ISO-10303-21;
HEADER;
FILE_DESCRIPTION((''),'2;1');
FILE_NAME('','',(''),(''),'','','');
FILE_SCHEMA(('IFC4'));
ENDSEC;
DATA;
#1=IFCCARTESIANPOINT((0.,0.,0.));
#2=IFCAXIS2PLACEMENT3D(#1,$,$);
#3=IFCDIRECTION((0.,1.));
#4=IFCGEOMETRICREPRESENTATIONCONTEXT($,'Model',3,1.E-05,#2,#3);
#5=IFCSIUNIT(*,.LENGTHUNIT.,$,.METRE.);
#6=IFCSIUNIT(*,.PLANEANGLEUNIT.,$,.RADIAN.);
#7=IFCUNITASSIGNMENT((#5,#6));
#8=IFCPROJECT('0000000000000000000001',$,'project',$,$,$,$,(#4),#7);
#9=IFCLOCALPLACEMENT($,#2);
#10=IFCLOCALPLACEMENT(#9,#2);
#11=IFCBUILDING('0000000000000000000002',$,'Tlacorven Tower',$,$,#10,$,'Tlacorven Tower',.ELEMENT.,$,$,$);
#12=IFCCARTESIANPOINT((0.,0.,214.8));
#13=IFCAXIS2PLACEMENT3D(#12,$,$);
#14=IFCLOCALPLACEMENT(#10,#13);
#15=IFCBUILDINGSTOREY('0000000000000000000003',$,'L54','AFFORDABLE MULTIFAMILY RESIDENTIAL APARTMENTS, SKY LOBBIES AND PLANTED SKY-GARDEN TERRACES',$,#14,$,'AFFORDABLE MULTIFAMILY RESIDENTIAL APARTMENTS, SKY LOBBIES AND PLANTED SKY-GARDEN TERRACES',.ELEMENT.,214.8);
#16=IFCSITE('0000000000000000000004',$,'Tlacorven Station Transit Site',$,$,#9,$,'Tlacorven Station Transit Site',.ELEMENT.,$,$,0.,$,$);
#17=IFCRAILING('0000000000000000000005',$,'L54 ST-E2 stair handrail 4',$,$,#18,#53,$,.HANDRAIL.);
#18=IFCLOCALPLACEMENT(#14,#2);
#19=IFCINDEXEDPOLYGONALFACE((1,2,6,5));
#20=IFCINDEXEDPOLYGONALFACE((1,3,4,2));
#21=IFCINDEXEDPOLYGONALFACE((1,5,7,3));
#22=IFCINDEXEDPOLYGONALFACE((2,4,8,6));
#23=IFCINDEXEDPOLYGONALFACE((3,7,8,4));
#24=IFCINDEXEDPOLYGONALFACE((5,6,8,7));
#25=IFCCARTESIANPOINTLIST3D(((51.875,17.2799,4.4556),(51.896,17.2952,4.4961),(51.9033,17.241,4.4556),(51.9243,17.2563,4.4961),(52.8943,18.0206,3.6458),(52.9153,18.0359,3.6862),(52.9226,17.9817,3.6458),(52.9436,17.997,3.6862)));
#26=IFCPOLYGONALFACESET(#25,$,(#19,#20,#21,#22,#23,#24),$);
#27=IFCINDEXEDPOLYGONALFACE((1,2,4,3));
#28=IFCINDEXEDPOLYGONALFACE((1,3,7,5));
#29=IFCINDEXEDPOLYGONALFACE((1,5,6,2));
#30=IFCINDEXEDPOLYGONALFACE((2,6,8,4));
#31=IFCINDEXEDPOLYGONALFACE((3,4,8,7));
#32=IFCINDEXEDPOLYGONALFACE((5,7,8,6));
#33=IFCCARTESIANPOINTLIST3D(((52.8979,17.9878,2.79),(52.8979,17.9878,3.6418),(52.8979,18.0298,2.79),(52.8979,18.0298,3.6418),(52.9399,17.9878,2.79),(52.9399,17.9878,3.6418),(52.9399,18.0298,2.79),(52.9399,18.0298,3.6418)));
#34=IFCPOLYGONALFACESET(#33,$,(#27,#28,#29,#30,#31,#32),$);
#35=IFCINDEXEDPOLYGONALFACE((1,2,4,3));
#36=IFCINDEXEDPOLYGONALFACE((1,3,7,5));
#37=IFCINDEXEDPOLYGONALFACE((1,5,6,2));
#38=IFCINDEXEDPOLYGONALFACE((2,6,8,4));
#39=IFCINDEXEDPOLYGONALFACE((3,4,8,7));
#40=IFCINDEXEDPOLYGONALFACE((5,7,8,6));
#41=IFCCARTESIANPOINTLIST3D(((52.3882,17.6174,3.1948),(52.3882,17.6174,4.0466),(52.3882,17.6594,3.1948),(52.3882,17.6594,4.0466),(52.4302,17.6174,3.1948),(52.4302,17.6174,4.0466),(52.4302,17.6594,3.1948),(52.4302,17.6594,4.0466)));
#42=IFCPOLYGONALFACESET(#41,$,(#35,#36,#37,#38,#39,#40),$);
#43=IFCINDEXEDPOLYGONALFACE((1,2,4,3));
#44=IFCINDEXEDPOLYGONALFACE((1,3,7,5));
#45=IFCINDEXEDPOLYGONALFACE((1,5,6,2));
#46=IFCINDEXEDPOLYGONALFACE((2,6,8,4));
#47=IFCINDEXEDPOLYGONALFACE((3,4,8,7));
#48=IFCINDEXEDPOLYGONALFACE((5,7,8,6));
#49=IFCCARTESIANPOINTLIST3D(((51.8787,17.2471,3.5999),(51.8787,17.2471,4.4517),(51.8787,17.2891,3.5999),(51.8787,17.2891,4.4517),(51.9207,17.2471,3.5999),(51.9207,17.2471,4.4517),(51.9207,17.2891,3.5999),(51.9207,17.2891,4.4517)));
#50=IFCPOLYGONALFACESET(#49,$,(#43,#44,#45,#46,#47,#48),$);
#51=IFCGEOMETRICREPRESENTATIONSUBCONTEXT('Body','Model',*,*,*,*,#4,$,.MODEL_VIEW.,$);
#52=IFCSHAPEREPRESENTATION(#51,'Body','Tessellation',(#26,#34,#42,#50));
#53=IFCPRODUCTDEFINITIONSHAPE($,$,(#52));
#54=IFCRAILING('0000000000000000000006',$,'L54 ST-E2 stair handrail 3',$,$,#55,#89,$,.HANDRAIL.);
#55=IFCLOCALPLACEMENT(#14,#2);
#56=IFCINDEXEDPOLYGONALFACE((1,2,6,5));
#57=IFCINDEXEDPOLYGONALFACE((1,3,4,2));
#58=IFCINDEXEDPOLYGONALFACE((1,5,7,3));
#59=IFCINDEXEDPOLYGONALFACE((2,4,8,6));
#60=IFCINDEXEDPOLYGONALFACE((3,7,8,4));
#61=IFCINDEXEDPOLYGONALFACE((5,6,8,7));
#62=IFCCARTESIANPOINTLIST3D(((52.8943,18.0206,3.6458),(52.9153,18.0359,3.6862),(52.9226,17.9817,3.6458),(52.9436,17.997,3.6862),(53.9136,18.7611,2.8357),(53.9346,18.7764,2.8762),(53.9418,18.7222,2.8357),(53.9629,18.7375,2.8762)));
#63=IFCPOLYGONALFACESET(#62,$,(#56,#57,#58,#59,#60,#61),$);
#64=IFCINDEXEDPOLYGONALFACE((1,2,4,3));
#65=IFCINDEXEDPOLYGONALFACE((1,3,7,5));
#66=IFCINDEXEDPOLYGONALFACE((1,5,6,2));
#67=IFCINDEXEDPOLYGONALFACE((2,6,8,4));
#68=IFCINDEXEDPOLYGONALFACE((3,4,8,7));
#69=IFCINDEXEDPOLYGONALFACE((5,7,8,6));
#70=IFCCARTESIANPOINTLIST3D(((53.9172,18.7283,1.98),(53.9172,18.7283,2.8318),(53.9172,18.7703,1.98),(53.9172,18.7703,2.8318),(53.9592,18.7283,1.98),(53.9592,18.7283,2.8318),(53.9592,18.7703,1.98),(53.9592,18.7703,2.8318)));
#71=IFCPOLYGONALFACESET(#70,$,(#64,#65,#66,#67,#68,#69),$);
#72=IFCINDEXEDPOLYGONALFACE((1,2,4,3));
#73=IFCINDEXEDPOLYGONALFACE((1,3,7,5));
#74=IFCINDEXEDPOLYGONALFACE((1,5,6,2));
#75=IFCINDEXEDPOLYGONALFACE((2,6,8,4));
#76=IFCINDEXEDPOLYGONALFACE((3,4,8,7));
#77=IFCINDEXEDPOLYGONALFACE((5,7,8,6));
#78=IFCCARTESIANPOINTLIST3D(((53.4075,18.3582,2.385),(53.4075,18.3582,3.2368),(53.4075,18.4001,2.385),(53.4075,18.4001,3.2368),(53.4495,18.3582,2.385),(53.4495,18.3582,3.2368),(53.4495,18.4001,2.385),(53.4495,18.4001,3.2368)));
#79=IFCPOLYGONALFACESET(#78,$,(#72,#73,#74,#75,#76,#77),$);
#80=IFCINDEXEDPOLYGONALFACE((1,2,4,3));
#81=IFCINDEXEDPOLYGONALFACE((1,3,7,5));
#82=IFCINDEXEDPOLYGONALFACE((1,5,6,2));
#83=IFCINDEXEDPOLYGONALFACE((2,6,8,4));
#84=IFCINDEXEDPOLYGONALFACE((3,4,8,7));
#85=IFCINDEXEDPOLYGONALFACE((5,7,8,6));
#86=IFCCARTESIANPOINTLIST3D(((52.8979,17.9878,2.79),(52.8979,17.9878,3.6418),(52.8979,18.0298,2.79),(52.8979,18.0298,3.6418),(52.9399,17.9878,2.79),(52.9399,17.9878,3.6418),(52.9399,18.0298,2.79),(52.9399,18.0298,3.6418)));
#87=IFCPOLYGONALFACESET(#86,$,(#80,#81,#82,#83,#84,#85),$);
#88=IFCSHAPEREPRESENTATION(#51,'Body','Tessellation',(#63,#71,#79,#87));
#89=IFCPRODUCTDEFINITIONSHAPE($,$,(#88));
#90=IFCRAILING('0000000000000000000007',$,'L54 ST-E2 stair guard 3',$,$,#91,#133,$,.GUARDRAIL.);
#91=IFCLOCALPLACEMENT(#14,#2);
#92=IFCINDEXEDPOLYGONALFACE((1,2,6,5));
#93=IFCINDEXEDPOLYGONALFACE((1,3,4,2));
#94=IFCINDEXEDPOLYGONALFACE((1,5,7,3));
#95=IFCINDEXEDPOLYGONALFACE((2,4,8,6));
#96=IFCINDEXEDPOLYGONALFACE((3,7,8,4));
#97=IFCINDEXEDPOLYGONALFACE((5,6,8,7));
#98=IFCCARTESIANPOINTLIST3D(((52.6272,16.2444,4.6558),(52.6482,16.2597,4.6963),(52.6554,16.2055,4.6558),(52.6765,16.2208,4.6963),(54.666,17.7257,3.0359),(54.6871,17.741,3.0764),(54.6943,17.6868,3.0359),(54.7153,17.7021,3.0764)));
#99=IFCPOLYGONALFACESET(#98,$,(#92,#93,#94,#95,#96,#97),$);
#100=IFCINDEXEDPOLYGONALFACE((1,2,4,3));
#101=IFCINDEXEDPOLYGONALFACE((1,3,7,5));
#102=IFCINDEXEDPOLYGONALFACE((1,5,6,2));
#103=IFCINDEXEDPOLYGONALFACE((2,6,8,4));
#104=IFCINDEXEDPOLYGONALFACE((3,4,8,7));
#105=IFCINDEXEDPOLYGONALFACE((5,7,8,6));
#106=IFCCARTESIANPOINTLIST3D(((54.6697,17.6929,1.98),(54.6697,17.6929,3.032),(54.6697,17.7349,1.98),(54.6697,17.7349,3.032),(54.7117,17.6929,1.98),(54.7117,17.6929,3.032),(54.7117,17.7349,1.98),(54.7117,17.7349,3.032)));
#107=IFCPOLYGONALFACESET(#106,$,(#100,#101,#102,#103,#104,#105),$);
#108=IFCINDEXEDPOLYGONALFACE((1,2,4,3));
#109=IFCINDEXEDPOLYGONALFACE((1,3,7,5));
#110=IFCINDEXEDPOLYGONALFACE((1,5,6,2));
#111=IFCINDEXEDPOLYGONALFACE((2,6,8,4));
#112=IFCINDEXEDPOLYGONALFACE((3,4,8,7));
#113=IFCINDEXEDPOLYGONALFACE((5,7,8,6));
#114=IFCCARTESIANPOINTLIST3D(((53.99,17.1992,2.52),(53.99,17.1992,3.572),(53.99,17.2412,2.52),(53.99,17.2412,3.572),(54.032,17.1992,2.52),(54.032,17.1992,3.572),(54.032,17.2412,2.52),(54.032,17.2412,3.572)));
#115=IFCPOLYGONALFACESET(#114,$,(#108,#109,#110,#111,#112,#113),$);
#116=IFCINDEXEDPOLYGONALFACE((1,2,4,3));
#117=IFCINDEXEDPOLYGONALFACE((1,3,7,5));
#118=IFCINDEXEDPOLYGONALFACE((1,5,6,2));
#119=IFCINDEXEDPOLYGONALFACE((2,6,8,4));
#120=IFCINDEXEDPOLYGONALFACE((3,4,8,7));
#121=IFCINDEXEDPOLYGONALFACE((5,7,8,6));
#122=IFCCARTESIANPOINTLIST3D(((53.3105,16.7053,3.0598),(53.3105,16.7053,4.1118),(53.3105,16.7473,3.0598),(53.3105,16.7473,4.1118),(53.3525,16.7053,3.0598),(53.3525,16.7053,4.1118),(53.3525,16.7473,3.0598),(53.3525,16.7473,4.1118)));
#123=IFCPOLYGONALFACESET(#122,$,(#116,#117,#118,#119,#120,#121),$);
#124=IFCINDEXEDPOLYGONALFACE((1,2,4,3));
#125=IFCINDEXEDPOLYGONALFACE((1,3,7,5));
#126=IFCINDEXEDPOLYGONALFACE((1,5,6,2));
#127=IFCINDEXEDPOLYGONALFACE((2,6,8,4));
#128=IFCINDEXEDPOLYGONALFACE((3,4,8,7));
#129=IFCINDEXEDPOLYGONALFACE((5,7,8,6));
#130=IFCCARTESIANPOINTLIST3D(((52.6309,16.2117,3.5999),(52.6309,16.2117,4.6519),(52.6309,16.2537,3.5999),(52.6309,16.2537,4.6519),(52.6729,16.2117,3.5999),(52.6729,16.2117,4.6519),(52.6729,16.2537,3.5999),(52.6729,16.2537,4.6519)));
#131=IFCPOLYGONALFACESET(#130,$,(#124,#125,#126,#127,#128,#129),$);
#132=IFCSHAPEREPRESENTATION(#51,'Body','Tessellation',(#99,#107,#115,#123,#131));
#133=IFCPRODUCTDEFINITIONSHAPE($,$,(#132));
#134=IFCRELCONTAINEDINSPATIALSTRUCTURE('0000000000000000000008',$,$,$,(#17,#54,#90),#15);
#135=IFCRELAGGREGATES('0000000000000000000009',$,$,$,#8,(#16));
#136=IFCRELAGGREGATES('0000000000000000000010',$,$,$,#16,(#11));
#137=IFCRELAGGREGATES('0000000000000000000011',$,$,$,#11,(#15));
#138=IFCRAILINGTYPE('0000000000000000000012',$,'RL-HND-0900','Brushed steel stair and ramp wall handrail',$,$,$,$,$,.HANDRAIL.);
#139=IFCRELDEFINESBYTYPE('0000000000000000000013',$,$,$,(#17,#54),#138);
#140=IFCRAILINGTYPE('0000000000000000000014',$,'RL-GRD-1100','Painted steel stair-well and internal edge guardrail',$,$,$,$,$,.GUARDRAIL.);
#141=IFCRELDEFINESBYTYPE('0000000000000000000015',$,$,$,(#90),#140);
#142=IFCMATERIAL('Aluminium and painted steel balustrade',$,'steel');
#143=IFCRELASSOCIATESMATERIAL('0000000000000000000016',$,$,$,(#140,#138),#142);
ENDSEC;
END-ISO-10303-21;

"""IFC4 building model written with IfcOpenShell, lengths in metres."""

from ifc_helpers import new_model, si_unit, direction, frame, origin, origin_2d, place, context, subcontext, project, spatial, rectangle, extrude, source, transform, mapped, material, type_object, element, save


model = new_model("IFC4")

# Units and contexts
model_context = context("Model", 3, precision=1e-05, world=origin(), true_north=direction((0.0, 1.0)))
body_context = subcontext(model_context, "Body", "Model", "MODEL_VIEW")
ifc_project = project(units=[si_unit("LENGTHUNIT", "METRE"), si_unit("PLANEANGLEUNIT", "RADIAN")], contexts=[model_context])

# Site, building, storey
site_placement = place(None, origin())
site = spatial("IfcSite", under=ifc_project, at=site_placement, Name="Tlacorven Station Transit Site", LongName="Tlacorven Station Transit Site", CompositionType="ELEMENT", RefElevation=0.0)
building_placement = place(site_placement, origin())
building = spatial("IfcBuilding", under=site, at=building_placement, Name="Tlacorven Tower", LongName="Tlacorven Tower", CompositionType="ELEMENT")
storey_placement = place(building_placement, frame((0.0, 0.0, 214.8)))
storey = spatial("IfcBuildingStorey", under=building, at=storey_placement, Name="L54", Description="AFFORDABLE MULTIFAMILY RESIDENTIAL APARTMENTS, SKY LOBBIES AND PLANTED SKY-GARDEN TERRACES", LongName="AFFORDABLE MULTIFAMILY RESIDENTIAL APARTMENTS, SKY LOBBIES AND PLANTED SKY-GARDEN TERRACES", CompositionType="ELEMENT", Elevation=214.8)

# Railings
ifc_material_1 = material(Name="Aluminium and painted steel balustrade", Category="steel")
railing_type_1 = type_object("IfcRailingType", Name="RL-GRD-1100", Description="Painted steel stair-well and internal edge guardrail", PredefinedType="GUARDRAIL", material=ifc_material_1)
railing_type_2 = type_object("IfcRailingType", Name="RL-HND-0900", Description="Brushed steel stair and ramp wall handrail", PredefinedType="HANDRAIL", material=ifc_material_1)
shared_shape_1 = source(origin(), body_context, "Body", "SweptSolid", [
    extrude(rectangle(XDim=0.0481, YDim=0.0481, at=origin_2d()), frame((0.0, 0.0, 0.876), z_axis=(-0.680521, -0.494539, 0.540668), x_axis=(0.587872, -0.808954, 0.0)), (0.0, 0.0, 1.0), 1.4978),
    extrude(rectangle(XDim=0.042, YDim=0.042, at=origin_2d()), origin(), (0.0, 0.0, 1.0), 0.8518),
    extrude(rectangle(XDim=0.042, YDim=0.042, at=origin_2d()), frame((-0.5098, -0.3704, 0.4048)), (0.0, 0.0, 1.0), 0.8518),
    extrude(rectangle(XDim=0.042, YDim=0.042, at=origin_2d()), frame((-1.0193, -0.7407, 0.8098)), (0.0, 0.0, 1.0), 0.8518),
])
railing_1_placement = place(storey_placement, frame((52.9189, 18.0088, 2.79)))
element("IfcRailing", 1, at=railing_1_placement, inside=storey, type_object=railing_type_2, Name="L54 ST-E2 stair handrail 4", PredefinedType="HANDRAIL", context=body_context, shape_type="MappedRepresentation", body=[
    mapped(shared_shape_1, transform((0.0, 0.0, 0.0), scale=1.0)),
])
shared_shape_2 = source(origin(), body_context, "Body", "SweptSolid", [
    extrude(rectangle(XDim=0.0481, YDim=0.0481, at=origin_2d()), frame((0.0, 0.0, 0.876), z_axis=(-0.680516, -0.494373, 0.540827), x_axis=(0.587745, -0.809046, 0.0)), (0.0, 0.0, 1.0), 1.4978),
    extrude(rectangle(XDim=0.042, YDim=0.042, at=origin_2d()), origin(), (0.0, 0.0, 1.0), 0.8518),
    extrude(rectangle(XDim=0.042, YDim=0.042, at=origin_2d()), frame((-0.5098, -0.3701, 0.405)), (0.0, 0.0, 1.0), 0.8518),
    extrude(rectangle(XDim=0.042, YDim=0.042, at=origin_2d()), frame((-1.0193, -0.7405, 0.8101)), (0.0, 0.0, 1.0), 0.8518),
])
railing_2_placement = place(storey_placement, frame((53.9382, 18.7493, 1.98)))
element("IfcRailing", 2, at=railing_2_placement, inside=storey, type_object=railing_type_2, Name="L54 ST-E2 stair handrail 3", PredefinedType="HANDRAIL", context=body_context, shape_type="MappedRepresentation", body=[
    mapped(shared_shape_2, transform((0.0, 0.0, 0.0), scale=1.0)),
])
shared_shape_3 = source(origin(), body_context, "Body", "SweptSolid", [
    extrude(rectangle(XDim=0.0481, YDim=0.0481, at=origin_2d()), frame((0.0, 0.0, 1.0762), z_axis=(-0.680562, -0.494428, 0.540717), x_axis=(0.587763, -0.809033, 0.0)), (0.0, 0.0, 1.0), 2.9958),
    extrude(rectangle(XDim=0.042, YDim=0.042, at=origin_2d()), origin(), (0.0, 0.0, 1.0), 1.052),
    extrude(rectangle(XDim=0.042, YDim=0.042, at=origin_2d()), frame((-0.6797, -0.4937, 0.54)), (0.0, 0.0, 1.0), 1.052),
    extrude(rectangle(XDim=0.042, YDim=0.042, at=origin_2d()), frame((-1.3591, -0.9875, 1.0798)), (0.0, 0.0, 1.0), 1.052),
    extrude(rectangle(XDim=0.042, YDim=0.042, at=origin_2d()), frame((-2.0388, -1.4812, 1.6199)), (0.0, 0.0, 1.0), 1.052),
])
railing_3_placement = place(storey_placement, frame((54.6907, 17.7139, 1.98)))
element("IfcRailing", 3, at=railing_3_placement, inside=storey, type_object=railing_type_1, Name="L54 ST-E2 stair guard 3", PredefinedType="GUARDRAIL", context=body_context, shape_type="MappedRepresentation", body=[
    mapped(shared_shape_3, transform((0.0, 0.0, 0.0), scale=1.0)),
])

save(model, "model.ifc")
